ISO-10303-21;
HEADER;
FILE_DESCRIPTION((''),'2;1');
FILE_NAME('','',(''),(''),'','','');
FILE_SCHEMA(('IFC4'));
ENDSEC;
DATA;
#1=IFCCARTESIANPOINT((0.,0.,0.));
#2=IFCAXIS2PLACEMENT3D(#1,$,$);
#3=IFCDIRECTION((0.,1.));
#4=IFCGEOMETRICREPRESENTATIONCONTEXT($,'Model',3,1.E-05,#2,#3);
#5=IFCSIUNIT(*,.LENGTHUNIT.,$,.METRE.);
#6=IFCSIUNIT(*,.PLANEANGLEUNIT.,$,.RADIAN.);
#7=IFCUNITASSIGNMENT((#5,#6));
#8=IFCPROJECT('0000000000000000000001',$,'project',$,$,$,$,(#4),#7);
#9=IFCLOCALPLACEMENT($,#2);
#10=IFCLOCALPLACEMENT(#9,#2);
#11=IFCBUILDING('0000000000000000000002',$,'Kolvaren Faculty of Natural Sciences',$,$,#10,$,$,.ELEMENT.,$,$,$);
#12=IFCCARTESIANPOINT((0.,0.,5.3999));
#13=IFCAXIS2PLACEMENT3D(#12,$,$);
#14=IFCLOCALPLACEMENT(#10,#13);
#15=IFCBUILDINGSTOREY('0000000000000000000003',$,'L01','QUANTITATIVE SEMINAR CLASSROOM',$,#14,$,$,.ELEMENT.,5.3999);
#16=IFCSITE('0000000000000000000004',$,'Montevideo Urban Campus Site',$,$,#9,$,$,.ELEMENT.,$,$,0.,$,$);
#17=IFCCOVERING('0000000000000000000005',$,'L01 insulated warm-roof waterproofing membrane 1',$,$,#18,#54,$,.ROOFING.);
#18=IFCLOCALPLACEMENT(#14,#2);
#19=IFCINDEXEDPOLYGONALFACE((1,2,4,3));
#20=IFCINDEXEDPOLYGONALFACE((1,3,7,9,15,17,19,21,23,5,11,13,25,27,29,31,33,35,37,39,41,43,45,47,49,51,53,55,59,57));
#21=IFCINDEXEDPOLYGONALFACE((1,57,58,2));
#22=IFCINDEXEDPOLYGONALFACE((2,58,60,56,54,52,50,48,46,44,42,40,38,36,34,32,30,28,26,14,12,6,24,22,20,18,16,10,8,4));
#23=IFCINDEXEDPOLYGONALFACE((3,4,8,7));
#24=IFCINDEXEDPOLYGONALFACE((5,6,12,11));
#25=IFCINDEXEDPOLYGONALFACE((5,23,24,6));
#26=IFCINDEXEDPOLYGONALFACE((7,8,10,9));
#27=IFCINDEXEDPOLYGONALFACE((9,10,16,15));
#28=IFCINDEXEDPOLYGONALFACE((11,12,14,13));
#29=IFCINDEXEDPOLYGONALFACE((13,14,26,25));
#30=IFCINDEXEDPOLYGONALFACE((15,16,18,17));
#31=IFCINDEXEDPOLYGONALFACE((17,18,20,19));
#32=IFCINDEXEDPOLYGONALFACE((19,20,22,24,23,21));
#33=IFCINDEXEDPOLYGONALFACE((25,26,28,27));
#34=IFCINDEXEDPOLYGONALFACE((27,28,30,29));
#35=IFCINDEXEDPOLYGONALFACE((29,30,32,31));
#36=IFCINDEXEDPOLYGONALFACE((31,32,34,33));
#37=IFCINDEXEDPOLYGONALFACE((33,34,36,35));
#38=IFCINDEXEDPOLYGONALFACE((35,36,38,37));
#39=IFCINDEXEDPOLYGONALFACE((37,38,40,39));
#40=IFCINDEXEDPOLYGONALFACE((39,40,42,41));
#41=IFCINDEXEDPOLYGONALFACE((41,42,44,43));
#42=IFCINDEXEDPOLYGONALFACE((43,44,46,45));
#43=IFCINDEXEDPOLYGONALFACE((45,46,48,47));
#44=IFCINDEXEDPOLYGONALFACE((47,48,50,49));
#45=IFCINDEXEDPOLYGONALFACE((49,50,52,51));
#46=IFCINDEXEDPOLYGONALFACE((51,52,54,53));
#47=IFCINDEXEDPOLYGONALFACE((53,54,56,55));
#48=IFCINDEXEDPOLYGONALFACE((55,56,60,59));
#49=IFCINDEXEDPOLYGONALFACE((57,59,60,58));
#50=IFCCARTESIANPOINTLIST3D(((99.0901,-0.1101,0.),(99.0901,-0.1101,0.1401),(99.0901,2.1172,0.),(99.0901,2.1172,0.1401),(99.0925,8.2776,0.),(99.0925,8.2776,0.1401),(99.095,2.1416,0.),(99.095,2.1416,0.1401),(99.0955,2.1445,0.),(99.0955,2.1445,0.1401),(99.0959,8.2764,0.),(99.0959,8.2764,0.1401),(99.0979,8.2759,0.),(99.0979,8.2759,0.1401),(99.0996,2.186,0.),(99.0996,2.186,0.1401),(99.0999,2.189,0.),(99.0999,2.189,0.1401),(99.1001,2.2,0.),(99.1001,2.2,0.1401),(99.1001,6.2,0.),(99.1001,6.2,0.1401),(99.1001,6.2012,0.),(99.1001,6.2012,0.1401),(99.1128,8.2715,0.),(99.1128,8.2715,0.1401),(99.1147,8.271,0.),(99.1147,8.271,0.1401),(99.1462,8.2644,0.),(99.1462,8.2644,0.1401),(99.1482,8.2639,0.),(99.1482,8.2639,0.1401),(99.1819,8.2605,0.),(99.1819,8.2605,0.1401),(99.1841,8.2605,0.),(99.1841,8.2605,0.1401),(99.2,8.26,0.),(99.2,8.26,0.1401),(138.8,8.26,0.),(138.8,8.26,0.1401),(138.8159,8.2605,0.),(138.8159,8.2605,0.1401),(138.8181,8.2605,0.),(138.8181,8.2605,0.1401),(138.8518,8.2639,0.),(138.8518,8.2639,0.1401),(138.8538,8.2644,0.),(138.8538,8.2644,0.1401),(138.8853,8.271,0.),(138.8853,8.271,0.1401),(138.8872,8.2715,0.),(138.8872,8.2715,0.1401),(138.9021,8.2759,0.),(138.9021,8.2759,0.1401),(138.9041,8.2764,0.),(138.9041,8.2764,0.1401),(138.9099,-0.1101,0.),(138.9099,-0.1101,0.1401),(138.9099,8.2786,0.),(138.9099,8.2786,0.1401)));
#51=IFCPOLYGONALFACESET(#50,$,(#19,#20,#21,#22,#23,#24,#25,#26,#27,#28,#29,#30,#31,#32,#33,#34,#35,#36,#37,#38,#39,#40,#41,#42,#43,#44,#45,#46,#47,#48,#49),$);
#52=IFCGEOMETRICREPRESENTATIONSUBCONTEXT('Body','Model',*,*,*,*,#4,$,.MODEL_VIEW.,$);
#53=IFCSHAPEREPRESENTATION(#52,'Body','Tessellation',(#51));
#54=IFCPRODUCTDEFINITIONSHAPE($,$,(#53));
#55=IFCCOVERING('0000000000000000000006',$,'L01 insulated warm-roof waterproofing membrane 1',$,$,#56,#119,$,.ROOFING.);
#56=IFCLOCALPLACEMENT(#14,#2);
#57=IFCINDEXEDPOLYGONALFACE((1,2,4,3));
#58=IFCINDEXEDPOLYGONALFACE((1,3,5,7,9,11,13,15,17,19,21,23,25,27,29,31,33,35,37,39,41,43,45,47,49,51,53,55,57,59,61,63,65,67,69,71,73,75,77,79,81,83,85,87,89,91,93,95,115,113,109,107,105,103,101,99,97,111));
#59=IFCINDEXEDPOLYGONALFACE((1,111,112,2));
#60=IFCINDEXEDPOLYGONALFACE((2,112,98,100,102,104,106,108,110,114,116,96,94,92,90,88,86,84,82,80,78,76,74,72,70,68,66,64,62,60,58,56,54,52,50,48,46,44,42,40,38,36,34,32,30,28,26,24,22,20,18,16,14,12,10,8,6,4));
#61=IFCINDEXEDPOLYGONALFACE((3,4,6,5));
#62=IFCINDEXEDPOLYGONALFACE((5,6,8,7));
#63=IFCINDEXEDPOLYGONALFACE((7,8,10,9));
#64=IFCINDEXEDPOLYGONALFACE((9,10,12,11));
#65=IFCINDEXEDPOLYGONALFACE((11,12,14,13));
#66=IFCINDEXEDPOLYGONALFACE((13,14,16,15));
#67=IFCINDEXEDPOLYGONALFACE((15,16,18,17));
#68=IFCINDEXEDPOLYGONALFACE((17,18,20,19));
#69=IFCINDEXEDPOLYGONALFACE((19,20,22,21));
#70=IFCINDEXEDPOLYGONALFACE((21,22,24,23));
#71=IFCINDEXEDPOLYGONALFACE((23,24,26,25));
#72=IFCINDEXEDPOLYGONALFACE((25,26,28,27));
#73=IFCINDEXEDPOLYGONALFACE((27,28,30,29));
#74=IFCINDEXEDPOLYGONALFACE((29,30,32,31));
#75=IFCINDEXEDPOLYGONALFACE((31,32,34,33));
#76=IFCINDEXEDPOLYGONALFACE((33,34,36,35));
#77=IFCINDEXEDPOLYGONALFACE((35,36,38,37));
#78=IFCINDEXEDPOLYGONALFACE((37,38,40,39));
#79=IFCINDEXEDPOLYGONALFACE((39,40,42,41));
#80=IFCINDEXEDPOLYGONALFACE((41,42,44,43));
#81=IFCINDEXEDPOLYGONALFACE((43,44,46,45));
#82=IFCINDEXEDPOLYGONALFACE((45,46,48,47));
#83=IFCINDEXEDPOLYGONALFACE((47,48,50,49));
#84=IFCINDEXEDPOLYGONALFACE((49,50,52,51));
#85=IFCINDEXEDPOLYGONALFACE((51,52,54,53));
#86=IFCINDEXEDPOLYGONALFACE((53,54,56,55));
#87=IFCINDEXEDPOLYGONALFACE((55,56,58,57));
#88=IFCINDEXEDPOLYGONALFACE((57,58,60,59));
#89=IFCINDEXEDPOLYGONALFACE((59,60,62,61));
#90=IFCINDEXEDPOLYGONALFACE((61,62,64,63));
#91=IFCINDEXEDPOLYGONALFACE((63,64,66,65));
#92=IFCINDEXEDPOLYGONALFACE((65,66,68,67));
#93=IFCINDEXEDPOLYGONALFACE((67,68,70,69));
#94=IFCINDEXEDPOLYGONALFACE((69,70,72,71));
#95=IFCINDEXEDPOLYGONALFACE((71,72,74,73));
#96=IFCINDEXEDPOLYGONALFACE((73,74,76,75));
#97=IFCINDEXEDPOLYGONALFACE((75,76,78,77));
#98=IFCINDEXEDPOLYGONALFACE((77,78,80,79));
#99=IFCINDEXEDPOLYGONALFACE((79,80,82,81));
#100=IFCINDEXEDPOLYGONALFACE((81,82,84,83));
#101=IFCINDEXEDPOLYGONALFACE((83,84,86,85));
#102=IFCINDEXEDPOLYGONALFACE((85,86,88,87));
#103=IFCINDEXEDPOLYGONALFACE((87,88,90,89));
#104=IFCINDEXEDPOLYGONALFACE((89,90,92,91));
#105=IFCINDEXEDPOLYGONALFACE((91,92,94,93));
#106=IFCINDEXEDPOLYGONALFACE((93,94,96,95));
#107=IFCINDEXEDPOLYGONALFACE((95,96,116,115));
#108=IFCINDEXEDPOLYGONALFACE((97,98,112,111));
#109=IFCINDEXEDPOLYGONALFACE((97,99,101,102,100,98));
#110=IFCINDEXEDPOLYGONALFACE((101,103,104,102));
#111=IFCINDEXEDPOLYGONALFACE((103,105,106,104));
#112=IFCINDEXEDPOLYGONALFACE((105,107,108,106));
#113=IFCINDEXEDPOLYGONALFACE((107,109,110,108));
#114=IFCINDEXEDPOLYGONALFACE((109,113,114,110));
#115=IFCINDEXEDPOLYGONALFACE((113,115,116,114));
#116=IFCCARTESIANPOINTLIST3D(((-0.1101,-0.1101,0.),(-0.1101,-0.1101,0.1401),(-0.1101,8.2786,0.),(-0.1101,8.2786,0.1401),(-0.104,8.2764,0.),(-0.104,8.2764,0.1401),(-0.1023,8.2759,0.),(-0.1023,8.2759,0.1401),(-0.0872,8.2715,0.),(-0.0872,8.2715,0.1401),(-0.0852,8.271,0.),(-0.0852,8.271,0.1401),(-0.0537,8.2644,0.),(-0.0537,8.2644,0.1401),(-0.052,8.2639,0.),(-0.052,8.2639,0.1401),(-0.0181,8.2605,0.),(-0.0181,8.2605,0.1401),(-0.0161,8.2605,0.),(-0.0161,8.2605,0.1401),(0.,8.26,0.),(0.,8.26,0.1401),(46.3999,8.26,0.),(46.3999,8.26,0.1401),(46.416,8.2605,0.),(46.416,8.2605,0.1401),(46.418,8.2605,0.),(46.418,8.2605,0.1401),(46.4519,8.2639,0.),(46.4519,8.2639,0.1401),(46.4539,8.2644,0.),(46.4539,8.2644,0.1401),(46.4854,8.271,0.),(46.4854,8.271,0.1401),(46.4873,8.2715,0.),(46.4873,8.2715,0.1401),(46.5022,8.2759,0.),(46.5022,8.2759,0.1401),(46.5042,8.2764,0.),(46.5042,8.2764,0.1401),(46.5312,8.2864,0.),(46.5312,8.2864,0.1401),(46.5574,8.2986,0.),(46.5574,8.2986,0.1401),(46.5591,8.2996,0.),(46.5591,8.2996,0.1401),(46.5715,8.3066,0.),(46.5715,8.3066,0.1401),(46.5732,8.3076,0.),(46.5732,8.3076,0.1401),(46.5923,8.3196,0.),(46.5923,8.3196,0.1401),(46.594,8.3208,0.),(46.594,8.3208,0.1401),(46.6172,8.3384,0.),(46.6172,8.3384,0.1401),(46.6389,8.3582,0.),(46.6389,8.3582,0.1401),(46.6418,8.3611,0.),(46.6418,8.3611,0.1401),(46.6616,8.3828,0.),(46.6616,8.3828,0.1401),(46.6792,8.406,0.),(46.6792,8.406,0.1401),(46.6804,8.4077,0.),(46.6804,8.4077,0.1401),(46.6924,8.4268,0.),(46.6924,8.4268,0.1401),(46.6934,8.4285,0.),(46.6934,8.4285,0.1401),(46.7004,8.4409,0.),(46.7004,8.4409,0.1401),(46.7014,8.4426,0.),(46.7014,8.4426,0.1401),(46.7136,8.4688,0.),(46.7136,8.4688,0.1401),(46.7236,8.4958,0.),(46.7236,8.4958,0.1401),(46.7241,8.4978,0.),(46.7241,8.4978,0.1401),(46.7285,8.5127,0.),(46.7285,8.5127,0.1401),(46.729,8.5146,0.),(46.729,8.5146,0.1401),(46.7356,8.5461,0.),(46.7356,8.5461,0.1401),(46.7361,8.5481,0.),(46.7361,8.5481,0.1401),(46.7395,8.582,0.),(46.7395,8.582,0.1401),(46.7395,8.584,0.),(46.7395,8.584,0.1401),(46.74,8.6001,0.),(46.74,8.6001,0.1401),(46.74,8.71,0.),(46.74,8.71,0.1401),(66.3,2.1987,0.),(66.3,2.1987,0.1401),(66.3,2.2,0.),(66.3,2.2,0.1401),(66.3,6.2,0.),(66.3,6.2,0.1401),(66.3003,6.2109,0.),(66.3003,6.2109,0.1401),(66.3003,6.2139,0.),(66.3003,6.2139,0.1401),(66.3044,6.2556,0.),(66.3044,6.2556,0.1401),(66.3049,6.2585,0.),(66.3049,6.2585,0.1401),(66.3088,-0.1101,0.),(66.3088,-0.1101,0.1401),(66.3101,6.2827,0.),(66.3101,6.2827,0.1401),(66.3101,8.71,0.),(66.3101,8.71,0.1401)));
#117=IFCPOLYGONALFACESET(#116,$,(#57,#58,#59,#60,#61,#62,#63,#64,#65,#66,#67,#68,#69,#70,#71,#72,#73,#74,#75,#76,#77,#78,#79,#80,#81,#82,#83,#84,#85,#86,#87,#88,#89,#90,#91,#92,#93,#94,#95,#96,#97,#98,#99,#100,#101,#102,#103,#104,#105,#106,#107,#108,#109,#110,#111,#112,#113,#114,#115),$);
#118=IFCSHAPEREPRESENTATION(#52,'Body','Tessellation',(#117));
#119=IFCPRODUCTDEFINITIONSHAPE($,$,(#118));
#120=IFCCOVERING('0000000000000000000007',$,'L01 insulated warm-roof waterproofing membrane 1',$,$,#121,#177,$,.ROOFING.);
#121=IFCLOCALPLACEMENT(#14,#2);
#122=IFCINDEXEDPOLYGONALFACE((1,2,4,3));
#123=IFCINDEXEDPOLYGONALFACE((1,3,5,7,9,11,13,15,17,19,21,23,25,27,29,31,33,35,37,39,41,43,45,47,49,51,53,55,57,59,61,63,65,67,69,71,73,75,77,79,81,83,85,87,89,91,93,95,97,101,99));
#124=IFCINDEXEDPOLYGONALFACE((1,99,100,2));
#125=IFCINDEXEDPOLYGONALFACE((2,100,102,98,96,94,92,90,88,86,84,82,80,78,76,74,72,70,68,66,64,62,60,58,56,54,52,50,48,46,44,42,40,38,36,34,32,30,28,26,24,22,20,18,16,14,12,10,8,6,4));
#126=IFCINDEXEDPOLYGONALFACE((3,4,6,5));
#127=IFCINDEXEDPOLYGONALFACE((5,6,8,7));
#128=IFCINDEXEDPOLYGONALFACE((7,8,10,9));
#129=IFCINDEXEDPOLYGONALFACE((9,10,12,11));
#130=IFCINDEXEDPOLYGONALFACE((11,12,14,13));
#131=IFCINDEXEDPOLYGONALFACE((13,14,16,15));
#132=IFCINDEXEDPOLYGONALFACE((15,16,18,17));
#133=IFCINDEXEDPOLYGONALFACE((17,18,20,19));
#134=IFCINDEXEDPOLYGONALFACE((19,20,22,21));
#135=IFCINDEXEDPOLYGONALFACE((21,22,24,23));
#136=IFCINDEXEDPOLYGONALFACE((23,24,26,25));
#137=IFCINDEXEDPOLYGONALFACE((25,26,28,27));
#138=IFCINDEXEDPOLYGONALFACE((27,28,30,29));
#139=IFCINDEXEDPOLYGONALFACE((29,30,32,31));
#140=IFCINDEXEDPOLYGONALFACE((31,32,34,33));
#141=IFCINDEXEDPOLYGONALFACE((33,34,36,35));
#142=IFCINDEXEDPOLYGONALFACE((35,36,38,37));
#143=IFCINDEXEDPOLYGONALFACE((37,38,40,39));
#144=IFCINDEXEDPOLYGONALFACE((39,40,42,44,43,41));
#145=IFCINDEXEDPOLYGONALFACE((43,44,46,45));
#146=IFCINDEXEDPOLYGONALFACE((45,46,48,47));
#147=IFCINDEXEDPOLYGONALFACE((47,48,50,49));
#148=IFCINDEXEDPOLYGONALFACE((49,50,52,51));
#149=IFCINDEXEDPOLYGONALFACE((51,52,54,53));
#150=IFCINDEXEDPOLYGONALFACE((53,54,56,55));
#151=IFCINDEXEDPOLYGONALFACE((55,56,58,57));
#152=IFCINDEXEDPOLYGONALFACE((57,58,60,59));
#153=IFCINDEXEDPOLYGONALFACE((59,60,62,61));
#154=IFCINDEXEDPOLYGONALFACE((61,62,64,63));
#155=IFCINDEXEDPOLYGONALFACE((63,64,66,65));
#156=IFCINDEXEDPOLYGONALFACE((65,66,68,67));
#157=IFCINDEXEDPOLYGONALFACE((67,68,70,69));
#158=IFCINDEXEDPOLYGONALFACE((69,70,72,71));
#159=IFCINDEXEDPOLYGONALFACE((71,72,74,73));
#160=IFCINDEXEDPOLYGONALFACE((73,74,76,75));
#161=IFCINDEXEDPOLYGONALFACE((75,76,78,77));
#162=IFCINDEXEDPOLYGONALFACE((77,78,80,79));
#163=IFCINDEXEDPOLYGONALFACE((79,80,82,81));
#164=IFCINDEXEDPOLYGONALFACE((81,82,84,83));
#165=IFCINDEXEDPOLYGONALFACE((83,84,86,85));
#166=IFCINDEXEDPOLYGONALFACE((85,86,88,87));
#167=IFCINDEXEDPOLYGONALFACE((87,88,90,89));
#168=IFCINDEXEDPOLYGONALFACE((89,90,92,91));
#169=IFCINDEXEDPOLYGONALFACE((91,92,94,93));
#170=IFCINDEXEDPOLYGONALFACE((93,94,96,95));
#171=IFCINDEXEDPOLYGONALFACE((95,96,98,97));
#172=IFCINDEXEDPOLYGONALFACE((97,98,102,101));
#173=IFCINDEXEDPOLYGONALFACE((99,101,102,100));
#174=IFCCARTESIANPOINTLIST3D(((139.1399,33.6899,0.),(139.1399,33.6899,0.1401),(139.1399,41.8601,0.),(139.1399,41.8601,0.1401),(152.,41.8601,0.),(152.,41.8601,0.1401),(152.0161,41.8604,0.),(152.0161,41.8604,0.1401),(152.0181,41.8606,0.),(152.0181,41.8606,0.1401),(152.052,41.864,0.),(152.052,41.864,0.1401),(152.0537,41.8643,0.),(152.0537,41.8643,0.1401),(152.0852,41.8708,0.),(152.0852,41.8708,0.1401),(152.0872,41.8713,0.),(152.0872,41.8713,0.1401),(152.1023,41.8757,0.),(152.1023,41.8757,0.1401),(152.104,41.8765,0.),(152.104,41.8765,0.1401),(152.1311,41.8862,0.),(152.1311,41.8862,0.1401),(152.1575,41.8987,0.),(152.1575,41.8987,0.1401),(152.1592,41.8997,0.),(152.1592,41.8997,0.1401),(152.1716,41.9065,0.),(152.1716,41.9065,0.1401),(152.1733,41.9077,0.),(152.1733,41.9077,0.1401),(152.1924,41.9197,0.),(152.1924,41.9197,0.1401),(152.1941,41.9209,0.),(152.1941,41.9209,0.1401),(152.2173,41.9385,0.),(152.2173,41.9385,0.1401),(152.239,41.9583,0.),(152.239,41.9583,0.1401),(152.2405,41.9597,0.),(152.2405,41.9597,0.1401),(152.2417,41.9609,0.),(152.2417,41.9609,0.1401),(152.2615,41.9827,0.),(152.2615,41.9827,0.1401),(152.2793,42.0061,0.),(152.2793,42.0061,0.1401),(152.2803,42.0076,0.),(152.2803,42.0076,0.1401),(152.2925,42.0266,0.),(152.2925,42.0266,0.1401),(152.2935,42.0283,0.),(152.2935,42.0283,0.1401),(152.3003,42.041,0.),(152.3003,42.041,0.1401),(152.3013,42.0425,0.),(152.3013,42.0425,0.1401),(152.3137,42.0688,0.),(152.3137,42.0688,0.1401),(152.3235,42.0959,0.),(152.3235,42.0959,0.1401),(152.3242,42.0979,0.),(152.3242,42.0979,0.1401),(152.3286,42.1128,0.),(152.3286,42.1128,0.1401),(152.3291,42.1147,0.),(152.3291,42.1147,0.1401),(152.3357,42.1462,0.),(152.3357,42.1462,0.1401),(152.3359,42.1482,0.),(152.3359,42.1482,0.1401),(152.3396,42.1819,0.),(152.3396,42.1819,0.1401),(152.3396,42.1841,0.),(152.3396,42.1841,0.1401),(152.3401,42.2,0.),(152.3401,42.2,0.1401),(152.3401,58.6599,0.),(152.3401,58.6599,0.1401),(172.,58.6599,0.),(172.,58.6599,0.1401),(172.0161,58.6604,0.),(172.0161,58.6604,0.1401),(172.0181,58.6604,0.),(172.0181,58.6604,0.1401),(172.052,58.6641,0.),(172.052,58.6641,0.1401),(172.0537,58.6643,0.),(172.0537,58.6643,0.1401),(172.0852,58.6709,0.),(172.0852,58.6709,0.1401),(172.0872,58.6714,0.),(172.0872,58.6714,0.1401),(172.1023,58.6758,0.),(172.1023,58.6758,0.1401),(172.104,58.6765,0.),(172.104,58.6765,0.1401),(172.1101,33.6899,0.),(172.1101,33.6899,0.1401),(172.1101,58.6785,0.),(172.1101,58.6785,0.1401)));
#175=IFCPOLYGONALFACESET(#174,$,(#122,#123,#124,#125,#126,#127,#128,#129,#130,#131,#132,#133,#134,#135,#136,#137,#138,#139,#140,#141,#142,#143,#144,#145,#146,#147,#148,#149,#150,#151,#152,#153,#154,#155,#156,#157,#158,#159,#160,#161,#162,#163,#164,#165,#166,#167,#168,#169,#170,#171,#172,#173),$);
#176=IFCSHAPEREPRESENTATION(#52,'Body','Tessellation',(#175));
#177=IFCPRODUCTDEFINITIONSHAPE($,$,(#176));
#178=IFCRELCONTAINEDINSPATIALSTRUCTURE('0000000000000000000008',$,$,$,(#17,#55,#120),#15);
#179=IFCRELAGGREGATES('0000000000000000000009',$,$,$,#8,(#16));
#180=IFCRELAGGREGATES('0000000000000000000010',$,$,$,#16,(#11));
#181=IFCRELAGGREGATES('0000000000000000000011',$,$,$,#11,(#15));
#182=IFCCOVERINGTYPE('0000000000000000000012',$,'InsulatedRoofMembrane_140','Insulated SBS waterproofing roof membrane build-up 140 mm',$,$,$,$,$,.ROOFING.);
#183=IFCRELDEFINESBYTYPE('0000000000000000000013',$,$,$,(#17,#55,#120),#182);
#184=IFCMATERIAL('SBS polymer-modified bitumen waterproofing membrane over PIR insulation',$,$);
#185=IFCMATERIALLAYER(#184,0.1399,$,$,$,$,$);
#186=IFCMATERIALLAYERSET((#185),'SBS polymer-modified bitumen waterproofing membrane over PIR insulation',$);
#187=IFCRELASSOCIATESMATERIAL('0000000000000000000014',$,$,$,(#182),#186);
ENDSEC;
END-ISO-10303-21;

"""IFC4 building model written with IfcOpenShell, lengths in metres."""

from ifc_helpers import new_model, si_unit, direction, frame, origin, place, context, subcontext, project, spatial, polyline, outline, extrude, material, layer, layer_set, type_object, element, save


model = new_model("IFC4")

# Units and contexts
model_context = context("Model", 3, precision=1e-05, world=origin(), true_north=direction((0.0, 1.0)))
body_context = subcontext(model_context, "Body", "Model", "MODEL_VIEW")
ifc_project = project(units=[si_unit("LENGTHUNIT", "METRE"), si_unit("PLANEANGLEUNIT", "RADIAN")], contexts=[model_context])

# Site, building, storey
site_placement = place(None, origin())
site = spatial("IfcSite", under=ifc_project, at=site_placement, Name="Montevideo Urban Campus Site", CompositionType="ELEMENT", RefElevation=0.0)
building_placement = place(site_placement, origin())
building = spatial("IfcBuilding", under=site, at=building_placement, Name="Kolvaren Faculty of Natural Sciences", CompositionType="ELEMENT")
storey_placement = place(building_placement, frame((0.0, 0.0, 5.3999)))
storey = spatial("IfcBuildingStorey", under=building, at=storey_placement, Name="L01", Description="QUANTITATIVE SEMINAR CLASSROOM", CompositionType="ELEMENT", Elevation=5.3999)

# Coverings
ifc_material_1 = material(Name="SBS polymer-modified bitumen waterproofing membrane over PIR insulation")
ifc_layer_1 = layer(ifc_material_1, 0.1399)
ifc_layer_set_1 = layer_set([ifc_layer_1], Name="SBS polymer-modified bitumen waterproofing membrane over PIR insulation")
covering_type_1 = type_object("IfcCoveringType", Name="InsulatedRoofMembrane_140", Description="Insulated SBS waterproofing roof membrane build-up 140 mm", PredefinedType="ROOFING", material=ifc_layer_set_1)
covering_1_placement = place(storey_placement, origin())
element("IfcCovering", 1, at=covering_1_placement, inside=storey, type_object=covering_type_1, Name="L01 insulated warm-roof waterproofing membrane 1", PredefinedType="ROOFING", context=body_context, shape_type="SweptSolid", body=[
    extrude(outline(polyline([(99.0925, 8.2776), (99.0959, 8.2764), (99.0979, 8.2759), (99.1128, 8.2715), (99.1147, 8.271), (99.1462, 8.2644), (99.1482, 8.2639), (99.1819, 8.2605), (99.1841, 8.2605), (99.2, 8.26), (138.8, 8.26), (138.8159, 8.2605), (138.8181, 8.2605), (138.8518, 8.2639), (138.8538, 8.2644), (138.8853, 8.271), (138.8872, 8.2715), (138.9021, 8.2759), (138.9041, 8.2764), (138.9099, 8.2786), (138.9099, -0.1101), (99.0901, -0.1101), (99.0901, 2.1172), (99.095, 2.1416), (99.0955, 2.1445), (99.0996, 2.186), (99.0999, 2.189), (99.1001, 2.2), (99.1001, 6.2), (99.1001, 6.2012), (99.0925, 8.2776)])), origin(), (0.0, 0.0, 1.0), 0.1401),
])
covering_2_placement = place(storey_placement, origin())
element("IfcCovering", 2, at=covering_2_placement, inside=storey, type_object=covering_type_1, Name="L01 insulated warm-roof waterproofing membrane 1", PredefinedType="ROOFING", context=body_context, shape_type="SweptSolid", body=[
    extrude(outline(polyline([(-0.1101, -0.1101), (-0.1101, 8.2786), (-0.104, 8.2764), (-0.1023, 8.2759), (-0.0872, 8.2715), (-0.0852, 8.271), (-0.0537, 8.2644), (-0.052, 8.2639), (-0.0181, 8.2605), (-0.0161, 8.2605), (0.0, 8.26), (46.3999, 8.26), (46.416, 8.2605), (46.418, 8.2605), (46.4519, 8.2639), (46.4539, 8.2644), (46.4854, 8.271), (46.4873, 8.2715), (46.5022, 8.2759), (46.5042, 8.2764), (46.5312, 8.2864), (46.5574, 8.2986), (46.5591, 8.2996), (46.5715, 8.3066), (46.5732, 8.3076), (46.5923, 8.3196), (46.594, 8.3208), (46.6172, 8.3384), (46.6389, 8.3582), (46.6418, 8.3611), (46.6616, 8.3828), (46.6792, 8.406), (46.6804, 8.4077), (46.6924, 8.4268), (46.6934, 8.4285), (46.7004, 8.4409), (46.7014, 8.4426), (46.7136, 8.4688), (46.7236, 8.4958), (46.7241, 8.4978), (46.7285, 8.5127), (46.729, 8.5146), (46.7356, 8.5461), (46.7361, 8.5481), (46.7395, 8.582), (46.7395, 8.584), (46.74, 8.6001), (46.74, 8.71), (66.3101, 8.71), (66.3101, 6.2827), (66.3049, 6.2585), (66.3044, 6.2556), (66.3003, 6.2139), (66.3003, 6.2109), (66.3, 6.2), (66.3, 2.2), (66.3, 2.1987), (66.3088, -0.1101), (-0.1101, -0.1101)])), origin(), (0.0, 0.0, 1.0), 0.1401),
])
covering_3_placement = place(storey_placement, origin())
element("IfcCovering", 3, at=covering_3_placement, inside=storey, type_object=covering_type_1, Name="L01 insulated warm-roof waterproofing membrane 1", PredefinedType="ROOFING", context=body_context, shape_type="SweptSolid", body=[
    extrude(outline(polyline([(139.1399, 41.8601), (152.0, 41.8601), (152.0161, 41.8604), (152.0181, 41.8606), (152.052, 41.864), (152.0537, 41.8643), (152.0852, 41.8708), (152.0872, 41.8713), (152.1023, 41.8757), (152.104, 41.8765), (152.1311, 41.8862), (152.1575, 41.8987), (152.1592, 41.8997), (152.1716, 41.9065), (152.1733, 41.9077), (152.1924, 41.9197), (152.1941, 41.9209), (152.2173, 41.9385), (152.239, 41.9583), (152.2405, 41.9597), (152.2417, 41.9609), (152.2615, 41.9827), (152.2793, 42.0061), (152.2803, 42.0076), (152.2925, 42.0266), (152.2935, 42.0283), (152.3003, 42.041), (152.3013, 42.0425), (152.3137, 42.0688), (152.3235, 42.0959), (152.3242, 42.0979), (152.3286, 42.1128), (152.3291, 42.1147), (152.3357, 42.1462), (152.3359, 42.1482), (152.3396, 42.1819), (152.3396, 42.1841), (152.3401, 42.2), (152.3401, 58.6599), (172.0, 58.6599), (172.0161, 58.6604), (172.0181, 58.6604), (172.052, 58.6641), (172.0537, 58.6643), (172.0852, 58.6709), (172.0872, 58.6714), (172.1023, 58.6758), (172.104, 58.6765), (172.1101, 58.6785), (172.1101, 33.6899), (139.1399, 33.6899), (139.1399, 41.8601)])), origin(), (0.0, 0.0, 1.0), 0.1401),
])

save(model, "model.ifc")
